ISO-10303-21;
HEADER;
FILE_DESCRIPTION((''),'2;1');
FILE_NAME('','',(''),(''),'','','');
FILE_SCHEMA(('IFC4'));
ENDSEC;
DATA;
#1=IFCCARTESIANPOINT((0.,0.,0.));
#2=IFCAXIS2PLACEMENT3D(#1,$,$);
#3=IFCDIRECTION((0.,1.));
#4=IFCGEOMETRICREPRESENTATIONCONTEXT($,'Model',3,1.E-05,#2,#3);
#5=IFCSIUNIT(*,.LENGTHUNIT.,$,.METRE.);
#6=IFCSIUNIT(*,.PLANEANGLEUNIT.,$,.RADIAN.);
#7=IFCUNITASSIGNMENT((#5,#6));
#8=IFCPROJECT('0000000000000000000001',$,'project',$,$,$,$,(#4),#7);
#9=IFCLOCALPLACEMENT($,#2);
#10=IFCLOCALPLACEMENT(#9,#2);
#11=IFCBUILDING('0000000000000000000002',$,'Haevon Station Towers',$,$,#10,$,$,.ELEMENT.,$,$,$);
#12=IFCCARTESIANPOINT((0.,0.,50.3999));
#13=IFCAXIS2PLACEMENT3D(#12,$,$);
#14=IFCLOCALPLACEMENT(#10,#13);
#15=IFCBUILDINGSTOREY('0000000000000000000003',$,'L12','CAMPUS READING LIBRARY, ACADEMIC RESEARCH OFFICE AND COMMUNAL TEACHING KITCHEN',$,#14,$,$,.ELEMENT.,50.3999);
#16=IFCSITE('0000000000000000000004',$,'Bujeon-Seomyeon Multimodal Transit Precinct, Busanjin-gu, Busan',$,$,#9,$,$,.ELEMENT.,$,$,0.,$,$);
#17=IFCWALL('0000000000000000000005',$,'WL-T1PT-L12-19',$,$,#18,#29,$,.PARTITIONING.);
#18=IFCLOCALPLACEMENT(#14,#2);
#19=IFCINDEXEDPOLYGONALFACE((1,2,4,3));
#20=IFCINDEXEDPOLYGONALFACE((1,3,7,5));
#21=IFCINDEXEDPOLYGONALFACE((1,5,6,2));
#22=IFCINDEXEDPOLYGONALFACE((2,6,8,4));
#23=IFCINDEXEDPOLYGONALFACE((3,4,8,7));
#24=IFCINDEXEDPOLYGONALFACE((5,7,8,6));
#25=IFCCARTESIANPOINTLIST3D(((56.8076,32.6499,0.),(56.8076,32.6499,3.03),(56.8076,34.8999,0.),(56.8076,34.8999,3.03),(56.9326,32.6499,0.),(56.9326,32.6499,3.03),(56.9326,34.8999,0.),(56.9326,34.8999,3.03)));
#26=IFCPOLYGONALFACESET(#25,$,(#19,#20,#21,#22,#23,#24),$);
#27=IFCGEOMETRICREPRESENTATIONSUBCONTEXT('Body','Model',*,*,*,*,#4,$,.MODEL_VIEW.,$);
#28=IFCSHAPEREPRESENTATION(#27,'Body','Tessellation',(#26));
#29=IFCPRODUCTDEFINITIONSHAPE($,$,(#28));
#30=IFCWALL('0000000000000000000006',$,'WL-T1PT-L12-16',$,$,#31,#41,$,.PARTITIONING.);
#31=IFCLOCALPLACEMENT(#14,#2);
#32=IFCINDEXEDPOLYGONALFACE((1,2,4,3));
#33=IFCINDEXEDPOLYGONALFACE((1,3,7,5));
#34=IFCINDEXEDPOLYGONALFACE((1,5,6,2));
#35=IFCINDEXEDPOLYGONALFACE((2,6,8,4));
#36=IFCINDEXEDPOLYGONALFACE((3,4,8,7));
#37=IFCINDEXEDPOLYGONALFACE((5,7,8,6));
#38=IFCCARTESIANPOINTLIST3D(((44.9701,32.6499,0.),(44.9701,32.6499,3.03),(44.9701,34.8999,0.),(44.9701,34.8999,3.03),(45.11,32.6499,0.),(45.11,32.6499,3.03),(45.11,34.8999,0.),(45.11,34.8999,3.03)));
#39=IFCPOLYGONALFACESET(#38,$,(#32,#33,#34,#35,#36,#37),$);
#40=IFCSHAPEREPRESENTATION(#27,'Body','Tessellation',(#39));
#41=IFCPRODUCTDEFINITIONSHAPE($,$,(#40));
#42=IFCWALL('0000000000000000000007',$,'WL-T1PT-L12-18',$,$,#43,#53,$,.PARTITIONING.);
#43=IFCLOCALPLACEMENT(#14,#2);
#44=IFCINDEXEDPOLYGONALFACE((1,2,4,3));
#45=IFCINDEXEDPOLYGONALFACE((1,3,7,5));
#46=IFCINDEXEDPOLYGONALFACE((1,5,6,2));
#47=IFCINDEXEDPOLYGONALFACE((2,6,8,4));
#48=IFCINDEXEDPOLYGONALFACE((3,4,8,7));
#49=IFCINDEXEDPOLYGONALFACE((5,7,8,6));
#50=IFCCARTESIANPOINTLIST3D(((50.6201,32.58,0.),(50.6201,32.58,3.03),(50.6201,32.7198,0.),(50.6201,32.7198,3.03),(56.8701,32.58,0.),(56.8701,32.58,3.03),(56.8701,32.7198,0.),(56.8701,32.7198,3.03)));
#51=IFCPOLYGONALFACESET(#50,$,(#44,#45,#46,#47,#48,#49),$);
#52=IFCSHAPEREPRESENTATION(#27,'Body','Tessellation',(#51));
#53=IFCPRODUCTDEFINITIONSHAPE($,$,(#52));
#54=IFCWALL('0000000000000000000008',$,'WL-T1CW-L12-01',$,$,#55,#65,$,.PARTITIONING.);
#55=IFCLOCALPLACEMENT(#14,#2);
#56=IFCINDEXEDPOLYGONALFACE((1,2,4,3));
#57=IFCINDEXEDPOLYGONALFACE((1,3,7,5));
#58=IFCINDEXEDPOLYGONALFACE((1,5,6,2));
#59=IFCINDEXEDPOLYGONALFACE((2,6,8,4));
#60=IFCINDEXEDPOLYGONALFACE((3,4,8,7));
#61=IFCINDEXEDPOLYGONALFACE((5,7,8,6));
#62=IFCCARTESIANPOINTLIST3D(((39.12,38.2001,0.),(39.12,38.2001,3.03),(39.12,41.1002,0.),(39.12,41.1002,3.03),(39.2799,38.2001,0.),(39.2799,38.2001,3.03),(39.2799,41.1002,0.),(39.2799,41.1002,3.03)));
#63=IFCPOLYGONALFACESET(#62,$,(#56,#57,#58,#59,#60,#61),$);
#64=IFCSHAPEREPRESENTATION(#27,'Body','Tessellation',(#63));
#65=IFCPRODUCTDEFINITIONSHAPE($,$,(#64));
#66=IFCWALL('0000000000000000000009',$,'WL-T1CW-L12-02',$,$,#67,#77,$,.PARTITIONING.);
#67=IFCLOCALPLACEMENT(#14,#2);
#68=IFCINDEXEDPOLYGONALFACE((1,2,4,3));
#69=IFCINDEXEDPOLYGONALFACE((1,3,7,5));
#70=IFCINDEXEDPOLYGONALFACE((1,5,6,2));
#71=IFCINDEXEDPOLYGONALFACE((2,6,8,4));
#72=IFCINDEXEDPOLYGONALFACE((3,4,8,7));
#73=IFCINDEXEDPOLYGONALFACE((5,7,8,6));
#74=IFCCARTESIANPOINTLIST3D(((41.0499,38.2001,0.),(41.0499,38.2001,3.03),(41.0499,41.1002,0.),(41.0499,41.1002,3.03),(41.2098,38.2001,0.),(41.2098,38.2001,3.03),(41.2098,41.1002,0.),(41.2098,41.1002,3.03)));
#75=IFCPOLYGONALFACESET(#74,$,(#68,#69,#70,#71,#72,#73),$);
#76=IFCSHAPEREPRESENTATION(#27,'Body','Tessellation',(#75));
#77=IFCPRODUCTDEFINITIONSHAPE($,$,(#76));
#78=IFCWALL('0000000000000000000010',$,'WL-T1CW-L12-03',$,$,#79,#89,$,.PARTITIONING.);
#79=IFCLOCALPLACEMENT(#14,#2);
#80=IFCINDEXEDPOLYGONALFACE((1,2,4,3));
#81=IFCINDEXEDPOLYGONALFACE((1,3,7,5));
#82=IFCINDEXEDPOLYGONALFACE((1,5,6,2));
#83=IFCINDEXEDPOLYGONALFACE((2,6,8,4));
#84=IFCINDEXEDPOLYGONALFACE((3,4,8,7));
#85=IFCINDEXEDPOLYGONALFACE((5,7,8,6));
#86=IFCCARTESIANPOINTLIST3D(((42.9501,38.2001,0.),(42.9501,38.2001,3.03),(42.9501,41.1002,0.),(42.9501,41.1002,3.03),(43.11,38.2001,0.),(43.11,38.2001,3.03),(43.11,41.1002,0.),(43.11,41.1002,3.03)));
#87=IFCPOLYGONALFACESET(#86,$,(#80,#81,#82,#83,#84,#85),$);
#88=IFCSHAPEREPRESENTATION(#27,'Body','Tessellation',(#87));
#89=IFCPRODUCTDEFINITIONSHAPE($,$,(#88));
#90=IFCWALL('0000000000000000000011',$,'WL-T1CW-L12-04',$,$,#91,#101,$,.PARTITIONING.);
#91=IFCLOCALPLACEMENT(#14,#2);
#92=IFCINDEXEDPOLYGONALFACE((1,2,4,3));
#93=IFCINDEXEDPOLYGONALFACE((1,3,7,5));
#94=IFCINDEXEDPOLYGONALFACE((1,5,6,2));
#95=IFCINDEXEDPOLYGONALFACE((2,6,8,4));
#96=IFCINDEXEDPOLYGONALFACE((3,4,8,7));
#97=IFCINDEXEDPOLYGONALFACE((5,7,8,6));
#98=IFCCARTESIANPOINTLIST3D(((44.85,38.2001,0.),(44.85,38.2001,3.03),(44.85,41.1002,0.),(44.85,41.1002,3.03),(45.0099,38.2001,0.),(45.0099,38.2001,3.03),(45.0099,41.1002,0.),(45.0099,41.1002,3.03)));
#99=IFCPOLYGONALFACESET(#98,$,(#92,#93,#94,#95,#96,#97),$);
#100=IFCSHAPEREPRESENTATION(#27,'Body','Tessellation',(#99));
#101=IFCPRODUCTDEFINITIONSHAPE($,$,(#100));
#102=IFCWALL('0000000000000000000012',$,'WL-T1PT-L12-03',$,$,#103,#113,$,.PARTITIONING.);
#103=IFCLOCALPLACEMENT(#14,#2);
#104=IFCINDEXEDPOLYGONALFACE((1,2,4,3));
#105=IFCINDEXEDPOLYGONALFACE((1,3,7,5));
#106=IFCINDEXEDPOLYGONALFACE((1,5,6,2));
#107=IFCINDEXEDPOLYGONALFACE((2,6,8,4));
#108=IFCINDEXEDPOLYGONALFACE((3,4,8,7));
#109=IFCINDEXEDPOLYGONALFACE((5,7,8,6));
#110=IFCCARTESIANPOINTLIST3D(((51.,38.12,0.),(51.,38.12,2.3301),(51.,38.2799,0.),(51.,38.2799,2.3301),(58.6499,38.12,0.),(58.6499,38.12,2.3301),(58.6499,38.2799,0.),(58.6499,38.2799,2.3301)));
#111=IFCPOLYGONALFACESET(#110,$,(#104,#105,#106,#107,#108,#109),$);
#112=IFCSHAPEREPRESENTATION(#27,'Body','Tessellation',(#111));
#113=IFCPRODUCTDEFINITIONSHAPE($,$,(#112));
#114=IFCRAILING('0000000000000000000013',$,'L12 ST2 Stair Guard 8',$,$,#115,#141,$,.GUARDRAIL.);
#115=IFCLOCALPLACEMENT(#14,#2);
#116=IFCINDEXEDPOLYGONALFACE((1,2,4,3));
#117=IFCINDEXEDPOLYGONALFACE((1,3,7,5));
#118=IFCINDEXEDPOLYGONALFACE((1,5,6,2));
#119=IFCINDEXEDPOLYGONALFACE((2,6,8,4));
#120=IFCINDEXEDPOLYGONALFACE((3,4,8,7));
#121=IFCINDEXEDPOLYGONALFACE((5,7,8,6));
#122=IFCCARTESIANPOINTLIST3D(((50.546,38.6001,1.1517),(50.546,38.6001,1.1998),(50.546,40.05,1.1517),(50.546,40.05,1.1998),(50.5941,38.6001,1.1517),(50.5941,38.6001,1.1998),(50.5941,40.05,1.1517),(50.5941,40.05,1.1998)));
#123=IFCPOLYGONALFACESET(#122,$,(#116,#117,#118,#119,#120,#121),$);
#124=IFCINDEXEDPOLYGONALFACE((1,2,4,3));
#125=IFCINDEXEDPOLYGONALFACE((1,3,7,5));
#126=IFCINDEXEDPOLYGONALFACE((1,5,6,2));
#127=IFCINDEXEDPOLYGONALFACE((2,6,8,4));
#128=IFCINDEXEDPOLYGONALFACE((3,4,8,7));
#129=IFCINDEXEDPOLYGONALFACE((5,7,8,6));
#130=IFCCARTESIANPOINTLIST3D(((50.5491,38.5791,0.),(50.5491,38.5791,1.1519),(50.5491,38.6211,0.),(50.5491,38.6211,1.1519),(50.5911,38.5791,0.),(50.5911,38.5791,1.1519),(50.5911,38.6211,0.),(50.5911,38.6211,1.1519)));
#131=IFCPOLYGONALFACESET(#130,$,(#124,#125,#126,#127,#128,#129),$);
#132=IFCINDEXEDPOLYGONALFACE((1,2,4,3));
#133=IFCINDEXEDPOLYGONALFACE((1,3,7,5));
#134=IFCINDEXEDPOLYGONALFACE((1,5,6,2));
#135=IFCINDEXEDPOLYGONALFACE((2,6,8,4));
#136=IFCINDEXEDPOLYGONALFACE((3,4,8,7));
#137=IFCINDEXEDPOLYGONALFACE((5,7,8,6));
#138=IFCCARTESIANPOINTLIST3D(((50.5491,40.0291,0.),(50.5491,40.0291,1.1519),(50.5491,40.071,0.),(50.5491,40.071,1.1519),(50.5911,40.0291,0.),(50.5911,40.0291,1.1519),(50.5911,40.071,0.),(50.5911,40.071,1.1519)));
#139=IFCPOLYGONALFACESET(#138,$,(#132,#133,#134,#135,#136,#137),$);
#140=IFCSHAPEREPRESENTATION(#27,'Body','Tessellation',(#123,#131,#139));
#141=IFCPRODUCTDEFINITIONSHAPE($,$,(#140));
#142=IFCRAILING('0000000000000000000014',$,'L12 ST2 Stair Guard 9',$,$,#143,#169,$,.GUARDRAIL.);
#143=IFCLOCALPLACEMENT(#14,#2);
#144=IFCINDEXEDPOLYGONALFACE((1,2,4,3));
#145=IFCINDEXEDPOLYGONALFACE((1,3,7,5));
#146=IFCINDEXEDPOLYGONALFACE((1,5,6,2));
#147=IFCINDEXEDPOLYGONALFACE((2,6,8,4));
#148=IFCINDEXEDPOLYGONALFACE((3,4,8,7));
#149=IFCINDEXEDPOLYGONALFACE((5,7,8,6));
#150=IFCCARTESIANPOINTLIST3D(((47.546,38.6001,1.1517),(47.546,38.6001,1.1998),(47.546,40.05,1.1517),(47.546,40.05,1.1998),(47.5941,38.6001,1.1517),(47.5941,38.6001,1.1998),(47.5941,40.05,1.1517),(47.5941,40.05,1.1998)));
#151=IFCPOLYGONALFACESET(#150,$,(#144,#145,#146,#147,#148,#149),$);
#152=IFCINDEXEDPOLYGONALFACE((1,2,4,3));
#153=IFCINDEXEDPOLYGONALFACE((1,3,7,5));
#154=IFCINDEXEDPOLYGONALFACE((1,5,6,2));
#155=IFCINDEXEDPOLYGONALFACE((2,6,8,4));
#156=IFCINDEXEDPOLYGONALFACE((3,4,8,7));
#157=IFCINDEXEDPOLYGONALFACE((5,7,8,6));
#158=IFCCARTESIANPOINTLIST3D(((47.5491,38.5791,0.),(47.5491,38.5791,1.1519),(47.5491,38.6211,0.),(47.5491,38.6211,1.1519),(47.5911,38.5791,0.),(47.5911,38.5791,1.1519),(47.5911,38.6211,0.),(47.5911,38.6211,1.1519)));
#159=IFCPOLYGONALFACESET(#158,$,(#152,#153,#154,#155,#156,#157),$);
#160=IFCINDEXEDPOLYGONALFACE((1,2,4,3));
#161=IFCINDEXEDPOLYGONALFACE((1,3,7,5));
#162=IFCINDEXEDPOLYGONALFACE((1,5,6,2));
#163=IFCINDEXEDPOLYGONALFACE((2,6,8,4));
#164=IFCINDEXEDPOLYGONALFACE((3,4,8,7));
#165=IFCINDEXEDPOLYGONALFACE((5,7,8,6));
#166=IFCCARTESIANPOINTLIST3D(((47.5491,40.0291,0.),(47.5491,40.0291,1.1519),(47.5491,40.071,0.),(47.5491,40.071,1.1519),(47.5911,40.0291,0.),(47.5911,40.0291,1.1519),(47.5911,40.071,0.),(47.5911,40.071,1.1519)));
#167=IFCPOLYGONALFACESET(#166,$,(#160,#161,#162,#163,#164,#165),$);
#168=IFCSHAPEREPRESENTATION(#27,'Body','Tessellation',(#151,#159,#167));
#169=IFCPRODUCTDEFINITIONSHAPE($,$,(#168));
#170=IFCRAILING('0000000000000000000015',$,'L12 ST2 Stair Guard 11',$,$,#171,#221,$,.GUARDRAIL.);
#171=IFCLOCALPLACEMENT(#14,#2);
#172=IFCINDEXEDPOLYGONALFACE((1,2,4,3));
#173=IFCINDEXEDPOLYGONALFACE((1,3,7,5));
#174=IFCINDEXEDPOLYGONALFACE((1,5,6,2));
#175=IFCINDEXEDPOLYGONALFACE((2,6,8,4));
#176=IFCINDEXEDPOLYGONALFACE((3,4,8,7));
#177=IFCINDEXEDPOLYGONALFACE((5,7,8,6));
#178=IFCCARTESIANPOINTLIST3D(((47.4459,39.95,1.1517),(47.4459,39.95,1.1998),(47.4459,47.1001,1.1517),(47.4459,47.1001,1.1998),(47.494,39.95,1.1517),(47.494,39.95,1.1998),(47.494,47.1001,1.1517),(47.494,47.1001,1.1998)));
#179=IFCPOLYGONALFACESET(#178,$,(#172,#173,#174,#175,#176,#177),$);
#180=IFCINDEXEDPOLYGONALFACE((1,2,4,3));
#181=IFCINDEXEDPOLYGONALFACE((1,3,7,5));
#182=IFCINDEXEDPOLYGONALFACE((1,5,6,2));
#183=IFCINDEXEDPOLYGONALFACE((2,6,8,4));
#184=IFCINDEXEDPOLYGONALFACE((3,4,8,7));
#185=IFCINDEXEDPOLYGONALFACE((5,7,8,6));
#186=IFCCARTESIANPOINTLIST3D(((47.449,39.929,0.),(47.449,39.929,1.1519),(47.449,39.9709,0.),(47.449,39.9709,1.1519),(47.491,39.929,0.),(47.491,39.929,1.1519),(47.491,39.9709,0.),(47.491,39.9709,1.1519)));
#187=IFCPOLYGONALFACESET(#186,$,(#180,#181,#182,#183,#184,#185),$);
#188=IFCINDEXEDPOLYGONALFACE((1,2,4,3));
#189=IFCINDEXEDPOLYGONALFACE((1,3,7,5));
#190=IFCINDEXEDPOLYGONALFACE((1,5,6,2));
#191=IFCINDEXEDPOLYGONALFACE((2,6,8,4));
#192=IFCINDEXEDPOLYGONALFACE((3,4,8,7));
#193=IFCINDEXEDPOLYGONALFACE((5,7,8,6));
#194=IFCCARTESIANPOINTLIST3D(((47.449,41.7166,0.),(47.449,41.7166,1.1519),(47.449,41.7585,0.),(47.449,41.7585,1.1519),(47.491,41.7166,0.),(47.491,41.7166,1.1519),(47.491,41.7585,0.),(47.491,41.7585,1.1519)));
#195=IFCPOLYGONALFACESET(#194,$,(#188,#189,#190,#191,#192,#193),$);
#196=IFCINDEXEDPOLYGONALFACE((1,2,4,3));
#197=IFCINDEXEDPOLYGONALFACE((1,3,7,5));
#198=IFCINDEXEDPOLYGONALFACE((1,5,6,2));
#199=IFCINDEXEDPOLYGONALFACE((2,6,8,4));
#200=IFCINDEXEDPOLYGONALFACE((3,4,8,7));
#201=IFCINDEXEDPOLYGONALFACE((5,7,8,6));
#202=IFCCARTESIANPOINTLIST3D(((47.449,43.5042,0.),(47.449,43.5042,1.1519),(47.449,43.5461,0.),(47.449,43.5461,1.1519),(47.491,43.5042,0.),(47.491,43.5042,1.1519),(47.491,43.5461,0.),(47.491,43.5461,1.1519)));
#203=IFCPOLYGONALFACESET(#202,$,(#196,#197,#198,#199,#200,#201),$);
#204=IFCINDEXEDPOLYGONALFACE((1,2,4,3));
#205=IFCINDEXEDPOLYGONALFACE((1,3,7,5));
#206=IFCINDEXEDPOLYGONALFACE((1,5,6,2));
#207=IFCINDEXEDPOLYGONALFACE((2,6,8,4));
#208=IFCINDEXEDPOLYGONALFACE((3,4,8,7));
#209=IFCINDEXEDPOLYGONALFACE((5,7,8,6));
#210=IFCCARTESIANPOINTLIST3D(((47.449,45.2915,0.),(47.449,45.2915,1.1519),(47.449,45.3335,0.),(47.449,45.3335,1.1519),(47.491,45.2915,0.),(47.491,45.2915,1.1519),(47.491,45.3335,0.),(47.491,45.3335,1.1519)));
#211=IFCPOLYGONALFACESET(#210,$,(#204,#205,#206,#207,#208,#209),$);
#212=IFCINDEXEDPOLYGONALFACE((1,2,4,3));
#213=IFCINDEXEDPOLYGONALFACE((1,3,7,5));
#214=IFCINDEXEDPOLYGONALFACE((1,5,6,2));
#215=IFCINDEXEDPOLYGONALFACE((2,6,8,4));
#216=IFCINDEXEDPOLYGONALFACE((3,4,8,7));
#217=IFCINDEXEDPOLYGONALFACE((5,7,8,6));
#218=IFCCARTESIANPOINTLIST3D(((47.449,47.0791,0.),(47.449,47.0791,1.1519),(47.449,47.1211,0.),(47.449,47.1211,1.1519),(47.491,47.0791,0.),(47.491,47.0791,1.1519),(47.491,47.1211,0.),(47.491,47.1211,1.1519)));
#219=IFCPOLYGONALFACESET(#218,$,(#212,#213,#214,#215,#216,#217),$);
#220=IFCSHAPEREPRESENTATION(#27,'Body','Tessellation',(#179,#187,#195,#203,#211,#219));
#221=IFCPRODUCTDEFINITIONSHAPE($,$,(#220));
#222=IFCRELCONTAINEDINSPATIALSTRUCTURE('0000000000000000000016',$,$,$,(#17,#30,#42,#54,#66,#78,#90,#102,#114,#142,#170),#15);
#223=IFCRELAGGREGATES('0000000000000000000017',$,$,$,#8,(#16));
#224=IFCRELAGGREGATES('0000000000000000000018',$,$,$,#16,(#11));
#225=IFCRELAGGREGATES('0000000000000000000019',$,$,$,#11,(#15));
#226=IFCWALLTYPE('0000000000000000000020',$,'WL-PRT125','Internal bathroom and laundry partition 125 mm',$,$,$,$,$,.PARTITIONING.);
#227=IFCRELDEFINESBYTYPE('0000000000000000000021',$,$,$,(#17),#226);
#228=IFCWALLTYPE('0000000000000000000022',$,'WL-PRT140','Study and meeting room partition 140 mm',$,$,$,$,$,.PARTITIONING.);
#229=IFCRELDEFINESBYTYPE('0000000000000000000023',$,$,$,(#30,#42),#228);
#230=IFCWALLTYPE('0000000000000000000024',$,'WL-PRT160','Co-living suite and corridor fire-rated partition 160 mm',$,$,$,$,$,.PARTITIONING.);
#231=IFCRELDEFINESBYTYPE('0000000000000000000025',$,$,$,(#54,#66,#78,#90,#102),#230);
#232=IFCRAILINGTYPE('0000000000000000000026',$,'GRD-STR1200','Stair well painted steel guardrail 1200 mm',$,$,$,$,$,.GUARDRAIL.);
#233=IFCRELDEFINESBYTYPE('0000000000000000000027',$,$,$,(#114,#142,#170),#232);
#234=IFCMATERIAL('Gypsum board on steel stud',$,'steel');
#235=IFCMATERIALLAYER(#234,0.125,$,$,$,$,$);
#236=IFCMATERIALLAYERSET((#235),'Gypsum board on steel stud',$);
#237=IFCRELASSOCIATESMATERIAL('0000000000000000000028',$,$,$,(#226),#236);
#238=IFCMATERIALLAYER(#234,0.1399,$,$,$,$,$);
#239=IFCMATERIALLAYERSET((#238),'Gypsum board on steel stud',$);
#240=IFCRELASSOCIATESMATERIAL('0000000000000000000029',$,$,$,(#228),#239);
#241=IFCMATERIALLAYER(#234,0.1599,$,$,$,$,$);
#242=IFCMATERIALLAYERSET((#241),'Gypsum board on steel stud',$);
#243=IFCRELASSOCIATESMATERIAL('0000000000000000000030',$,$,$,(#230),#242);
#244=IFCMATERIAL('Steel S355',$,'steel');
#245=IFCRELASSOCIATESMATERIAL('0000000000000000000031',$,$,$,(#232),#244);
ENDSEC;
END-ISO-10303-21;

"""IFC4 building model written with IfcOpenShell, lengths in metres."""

from ifc_helpers import new_model, si_unit, direction, frame, frame_2d, origin, origin_2d, place, context, subcontext, project, spatial, rectangle, extrude, material, layer, layer_set, type_object, element, save


model = new_model("IFC4")

# Units and contexts
model_context = context("Model", 3, precision=1e-05, world=origin(), true_north=direction((0.0, 1.0)))
body_context = subcontext(model_context, "Body", "Model", "MODEL_VIEW")
ifc_project = project(units=[si_unit("LENGTHUNIT", "METRE"), si_unit("PLANEANGLEUNIT", "RADIAN")], contexts=[model_context])

# Site, building, storey
site_placement = place(None, origin())
site = spatial("IfcSite", under=ifc_project, at=site_placement, Name="Bujeon-Seomyeon Multimodal Transit Precinct, Busanjin-gu, Busan", CompositionType="ELEMENT", RefElevation=0.0)
building_placement = place(site_placement, origin())
building = spatial("IfcBuilding", under=site, at=building_placement, Name="Haevon Station Towers", CompositionType="ELEMENT")
storey_placement = place(building_placement, frame((0.0, 0.0, 50.3999)))
storey = spatial("IfcBuildingStorey", under=building, at=storey_placement, Name="L12", Description="CAMPUS READING LIBRARY, ACADEMIC RESEARCH OFFICE AND COMMUNAL TEACHING KITCHEN", CompositionType="ELEMENT", Elevation=50.3999)

# Shared definitions
ifc_material_1 = material(Name="Steel S355", Category="steel")

# Shared definitions
ifc_material_2 = material(Name="Gypsum board on steel stud", Category="steel")

# Walls
ifc_layer_1 = layer(ifc_material_2, 0.125)
ifc_layer_set_1 = layer_set([ifc_layer_1], Name="Gypsum board on steel stud")
wall_type_1 = type_object("IfcWallType", Name="WL-PRT125", Description="Internal bathroom and laundry partition 125 mm", PredefinedType="PARTITIONING", material=ifc_layer_set_1)
wall_1_placement = place(storey_placement, frame((56.8701, 32.6499, 0.0), z_axis=(0.0, 0.0, 1.0), x_axis=(0.0, 1.0, 0.0)))
element("IfcWall", 1, at=wall_1_placement, inside=storey, type_object=wall_type_1, Name="WL-T1PT-L12-19", PredefinedType="PARTITIONING", context=body_context, shape_type="SweptSolid", body=[
    extrude(rectangle(XDim=2.25, YDim=0.125, at=frame_2d((1.125, 0.0))), origin(), (0.0, 0.0, 1.0), 3.03),
])
ifc_layer_2 = layer(ifc_material_2, 0.1399)
ifc_layer_set_2 = layer_set([ifc_layer_2], Name="Gypsum board on steel stud")
wall_type_2 = type_object("IfcWallType", Name="WL-PRT140", Description="Study and meeting room partition 140 mm", PredefinedType="PARTITIONING", material=ifc_layer_set_2)
wall_2_placement = place(storey_placement, frame((45.04, 32.6499, 0.0), z_axis=(0.0, 0.0, 1.0), x_axis=(0.0, 1.0, 0.0)))
element("IfcWall", 2, at=wall_2_placement, inside=storey, type_object=wall_type_2, Name="WL-T1PT-L12-16", PredefinedType="PARTITIONING", context=body_context, shape_type="SweptSolid", body=[
    extrude(rectangle(XDim=2.25, YDim=0.1399, at=frame_2d((1.125, 0.0))), origin(), (0.0, 0.0, 1.0), 3.03),
])
wall_3_placement = place(storey_placement, frame((50.6201, 32.6499, 0.0), z_axis=(0.0, 0.0, 1.0), x_axis=(1.0, 0.0, 0.0)))
element("IfcWall", 3, at=wall_3_placement, inside=storey, type_object=wall_type_2, Name="WL-T1PT-L12-18", PredefinedType="PARTITIONING", context=body_context, shape_type="SweptSolid", body=[
    extrude(rectangle(XDim=6.25, YDim=0.1399, at=frame_2d((3.125, 0.0))), origin(), (0.0, 0.0, 1.0), 3.03),
])
ifc_layer_3 = layer(ifc_material_2, 0.1599)
ifc_layer_set_3 = layer_set([ifc_layer_3], Name="Gypsum board on steel stud")
wall_type_3 = type_object("IfcWallType", Name="WL-PRT160", Description="Co-living suite and corridor fire-rated partition 160 mm", PredefinedType="PARTITIONING", material=ifc_layer_set_3)
for number, where, z_axis, x_axis, name in (
    (4, (39.2, 38.2, 0.0), (0.0, 0.0, 1.0), (0.0, 1.0, 0.0), "WL-T1CW-L12-01"),
    (5, (41.1299, 38.2, 0.0), (0.0, 0.0, 1.0), (0.0, 1.0, 0.0), "WL-T1CW-L12-02"),
    (6, (43.03, 38.2, 0.0), (0.0, 0.0, 1.0), (0.0, 1.0, 0.0), "WL-T1CW-L12-03"),
    (7, (44.9299, 38.2, 0.0), (0.0, 0.0, 1.0), (0.0, 1.0, 0.0), "WL-T1CW-L12-04"),
):
    element("IfcWall", number, at=place(storey_placement, frame(where, z_axis=z_axis, x_axis=x_axis)), inside=storey, type_object=wall_type_3, Name=name, PredefinedType="PARTITIONING", context=body_context, shape_type="SweptSolid", body=[
        extrude(rectangle(XDim=2.9001, YDim=0.1599, at=frame_2d((1.4502, 0.0))), origin(), (0.0, 0.0, 1.0), 3.03),
    ])
wall_4_placement = place(storey_placement, frame((51.0, 38.2, 0.0), z_axis=(0.0, 0.0, 1.0), x_axis=(1.0, 0.0, 0.0)))
element("IfcWall", 8, at=wall_4_placement, inside=storey, type_object=wall_type_3, Name="WL-T1PT-L12-03", PredefinedType="PARTITIONING", context=body_context, shape_type="SweptSolid", body=[
    extrude(rectangle(XDim=7.6499, YDim=0.1599, at=frame_2d((3.825, 0.0))), origin(), (0.0, 0.0, 1.0), 2.3301),
])

# Railings
railing_type = type_object("IfcRailingType", Name="GRD-STR1200", Description="Stair well painted steel guardrail 1200 mm", PredefinedType="GUARDRAIL", material=ifc_material_1)
for number, where, name in (
    (9, (50.5701, 38.6001, 0.0), "L12 ST2 Stair Guard 8"),
    (10, (47.5701, 38.6001, 0.0), "L12 ST2 Stair Guard 9"),
):
    element("IfcRailing", number, at=place(storey_placement, frame(where)), inside=storey, type_object=railing_type, Name=name, PredefinedType="GUARDRAIL", context=body_context, shape_type="SweptSolid", body=[
        extrude(rectangle(XDim=0.0481, YDim=0.0481, at=origin_2d()), frame((0.0, 0.0, 1.1758), z_axis=(0.0, 1.0, 0.0), x_axis=(-1.0, 0.0, 0.0)), (0.0, 0.0, 1.0), 1.45),
        extrude(rectangle(XDim=0.042, YDim=0.042, at=origin_2d()), origin(), (0.0, 0.0, 1.0), 1.1519),
        extrude(rectangle(XDim=0.042, YDim=0.042, at=origin_2d()), frame((0.0, 1.45, 0.0)), (0.0, 0.0, 1.0), 1.1519),
    ])
railing_placement = place(storey_placement, frame((47.47, 39.95, 0.0)))
element("IfcRailing", 11, at=railing_placement, inside=storey, type_object=railing_type, Name="L12 ST2 Stair Guard 11", PredefinedType="GUARDRAIL", context=body_context, shape_type="SweptSolid", body=[
    extrude(rectangle(XDim=0.0481, YDim=0.0481, at=origin_2d()), frame((0.0, 0.0, 1.1758), z_axis=(0.0, 1.0, 0.0), x_axis=(-1.0, 0.0, 0.0)), (0.0, 0.0, 1.0), 7.1501),
    extrude(rectangle(XDim=0.042, YDim=0.042, at=origin_2d()), origin(), (0.0, 0.0, 1.0), 1.1519),
    extrude(rectangle(XDim=0.042, YDim=0.042, at=origin_2d()), frame((0.0, 1.7876, 0.0)), (0.0, 0.0, 1.0), 1.1519),
    extrude(rectangle(XDim=0.042, YDim=0.042, at=origin_2d()), frame((0.0, 3.5752, 0.0)), (0.0, 0.0, 1.0), 1.1519),
    extrude(rectangle(XDim=0.042, YDim=0.042, at=origin_2d()), frame((0.0, 5.3625, 0.0)), (0.0, 0.0, 1.0), 1.1519),
    extrude(rectangle(XDim=0.042, YDim=0.042, at=origin_2d()), frame((0.0, 7.1501, 0.0)), (0.0, 0.0, 1.0), 1.1519),
])

save(model, "model.ifc")
